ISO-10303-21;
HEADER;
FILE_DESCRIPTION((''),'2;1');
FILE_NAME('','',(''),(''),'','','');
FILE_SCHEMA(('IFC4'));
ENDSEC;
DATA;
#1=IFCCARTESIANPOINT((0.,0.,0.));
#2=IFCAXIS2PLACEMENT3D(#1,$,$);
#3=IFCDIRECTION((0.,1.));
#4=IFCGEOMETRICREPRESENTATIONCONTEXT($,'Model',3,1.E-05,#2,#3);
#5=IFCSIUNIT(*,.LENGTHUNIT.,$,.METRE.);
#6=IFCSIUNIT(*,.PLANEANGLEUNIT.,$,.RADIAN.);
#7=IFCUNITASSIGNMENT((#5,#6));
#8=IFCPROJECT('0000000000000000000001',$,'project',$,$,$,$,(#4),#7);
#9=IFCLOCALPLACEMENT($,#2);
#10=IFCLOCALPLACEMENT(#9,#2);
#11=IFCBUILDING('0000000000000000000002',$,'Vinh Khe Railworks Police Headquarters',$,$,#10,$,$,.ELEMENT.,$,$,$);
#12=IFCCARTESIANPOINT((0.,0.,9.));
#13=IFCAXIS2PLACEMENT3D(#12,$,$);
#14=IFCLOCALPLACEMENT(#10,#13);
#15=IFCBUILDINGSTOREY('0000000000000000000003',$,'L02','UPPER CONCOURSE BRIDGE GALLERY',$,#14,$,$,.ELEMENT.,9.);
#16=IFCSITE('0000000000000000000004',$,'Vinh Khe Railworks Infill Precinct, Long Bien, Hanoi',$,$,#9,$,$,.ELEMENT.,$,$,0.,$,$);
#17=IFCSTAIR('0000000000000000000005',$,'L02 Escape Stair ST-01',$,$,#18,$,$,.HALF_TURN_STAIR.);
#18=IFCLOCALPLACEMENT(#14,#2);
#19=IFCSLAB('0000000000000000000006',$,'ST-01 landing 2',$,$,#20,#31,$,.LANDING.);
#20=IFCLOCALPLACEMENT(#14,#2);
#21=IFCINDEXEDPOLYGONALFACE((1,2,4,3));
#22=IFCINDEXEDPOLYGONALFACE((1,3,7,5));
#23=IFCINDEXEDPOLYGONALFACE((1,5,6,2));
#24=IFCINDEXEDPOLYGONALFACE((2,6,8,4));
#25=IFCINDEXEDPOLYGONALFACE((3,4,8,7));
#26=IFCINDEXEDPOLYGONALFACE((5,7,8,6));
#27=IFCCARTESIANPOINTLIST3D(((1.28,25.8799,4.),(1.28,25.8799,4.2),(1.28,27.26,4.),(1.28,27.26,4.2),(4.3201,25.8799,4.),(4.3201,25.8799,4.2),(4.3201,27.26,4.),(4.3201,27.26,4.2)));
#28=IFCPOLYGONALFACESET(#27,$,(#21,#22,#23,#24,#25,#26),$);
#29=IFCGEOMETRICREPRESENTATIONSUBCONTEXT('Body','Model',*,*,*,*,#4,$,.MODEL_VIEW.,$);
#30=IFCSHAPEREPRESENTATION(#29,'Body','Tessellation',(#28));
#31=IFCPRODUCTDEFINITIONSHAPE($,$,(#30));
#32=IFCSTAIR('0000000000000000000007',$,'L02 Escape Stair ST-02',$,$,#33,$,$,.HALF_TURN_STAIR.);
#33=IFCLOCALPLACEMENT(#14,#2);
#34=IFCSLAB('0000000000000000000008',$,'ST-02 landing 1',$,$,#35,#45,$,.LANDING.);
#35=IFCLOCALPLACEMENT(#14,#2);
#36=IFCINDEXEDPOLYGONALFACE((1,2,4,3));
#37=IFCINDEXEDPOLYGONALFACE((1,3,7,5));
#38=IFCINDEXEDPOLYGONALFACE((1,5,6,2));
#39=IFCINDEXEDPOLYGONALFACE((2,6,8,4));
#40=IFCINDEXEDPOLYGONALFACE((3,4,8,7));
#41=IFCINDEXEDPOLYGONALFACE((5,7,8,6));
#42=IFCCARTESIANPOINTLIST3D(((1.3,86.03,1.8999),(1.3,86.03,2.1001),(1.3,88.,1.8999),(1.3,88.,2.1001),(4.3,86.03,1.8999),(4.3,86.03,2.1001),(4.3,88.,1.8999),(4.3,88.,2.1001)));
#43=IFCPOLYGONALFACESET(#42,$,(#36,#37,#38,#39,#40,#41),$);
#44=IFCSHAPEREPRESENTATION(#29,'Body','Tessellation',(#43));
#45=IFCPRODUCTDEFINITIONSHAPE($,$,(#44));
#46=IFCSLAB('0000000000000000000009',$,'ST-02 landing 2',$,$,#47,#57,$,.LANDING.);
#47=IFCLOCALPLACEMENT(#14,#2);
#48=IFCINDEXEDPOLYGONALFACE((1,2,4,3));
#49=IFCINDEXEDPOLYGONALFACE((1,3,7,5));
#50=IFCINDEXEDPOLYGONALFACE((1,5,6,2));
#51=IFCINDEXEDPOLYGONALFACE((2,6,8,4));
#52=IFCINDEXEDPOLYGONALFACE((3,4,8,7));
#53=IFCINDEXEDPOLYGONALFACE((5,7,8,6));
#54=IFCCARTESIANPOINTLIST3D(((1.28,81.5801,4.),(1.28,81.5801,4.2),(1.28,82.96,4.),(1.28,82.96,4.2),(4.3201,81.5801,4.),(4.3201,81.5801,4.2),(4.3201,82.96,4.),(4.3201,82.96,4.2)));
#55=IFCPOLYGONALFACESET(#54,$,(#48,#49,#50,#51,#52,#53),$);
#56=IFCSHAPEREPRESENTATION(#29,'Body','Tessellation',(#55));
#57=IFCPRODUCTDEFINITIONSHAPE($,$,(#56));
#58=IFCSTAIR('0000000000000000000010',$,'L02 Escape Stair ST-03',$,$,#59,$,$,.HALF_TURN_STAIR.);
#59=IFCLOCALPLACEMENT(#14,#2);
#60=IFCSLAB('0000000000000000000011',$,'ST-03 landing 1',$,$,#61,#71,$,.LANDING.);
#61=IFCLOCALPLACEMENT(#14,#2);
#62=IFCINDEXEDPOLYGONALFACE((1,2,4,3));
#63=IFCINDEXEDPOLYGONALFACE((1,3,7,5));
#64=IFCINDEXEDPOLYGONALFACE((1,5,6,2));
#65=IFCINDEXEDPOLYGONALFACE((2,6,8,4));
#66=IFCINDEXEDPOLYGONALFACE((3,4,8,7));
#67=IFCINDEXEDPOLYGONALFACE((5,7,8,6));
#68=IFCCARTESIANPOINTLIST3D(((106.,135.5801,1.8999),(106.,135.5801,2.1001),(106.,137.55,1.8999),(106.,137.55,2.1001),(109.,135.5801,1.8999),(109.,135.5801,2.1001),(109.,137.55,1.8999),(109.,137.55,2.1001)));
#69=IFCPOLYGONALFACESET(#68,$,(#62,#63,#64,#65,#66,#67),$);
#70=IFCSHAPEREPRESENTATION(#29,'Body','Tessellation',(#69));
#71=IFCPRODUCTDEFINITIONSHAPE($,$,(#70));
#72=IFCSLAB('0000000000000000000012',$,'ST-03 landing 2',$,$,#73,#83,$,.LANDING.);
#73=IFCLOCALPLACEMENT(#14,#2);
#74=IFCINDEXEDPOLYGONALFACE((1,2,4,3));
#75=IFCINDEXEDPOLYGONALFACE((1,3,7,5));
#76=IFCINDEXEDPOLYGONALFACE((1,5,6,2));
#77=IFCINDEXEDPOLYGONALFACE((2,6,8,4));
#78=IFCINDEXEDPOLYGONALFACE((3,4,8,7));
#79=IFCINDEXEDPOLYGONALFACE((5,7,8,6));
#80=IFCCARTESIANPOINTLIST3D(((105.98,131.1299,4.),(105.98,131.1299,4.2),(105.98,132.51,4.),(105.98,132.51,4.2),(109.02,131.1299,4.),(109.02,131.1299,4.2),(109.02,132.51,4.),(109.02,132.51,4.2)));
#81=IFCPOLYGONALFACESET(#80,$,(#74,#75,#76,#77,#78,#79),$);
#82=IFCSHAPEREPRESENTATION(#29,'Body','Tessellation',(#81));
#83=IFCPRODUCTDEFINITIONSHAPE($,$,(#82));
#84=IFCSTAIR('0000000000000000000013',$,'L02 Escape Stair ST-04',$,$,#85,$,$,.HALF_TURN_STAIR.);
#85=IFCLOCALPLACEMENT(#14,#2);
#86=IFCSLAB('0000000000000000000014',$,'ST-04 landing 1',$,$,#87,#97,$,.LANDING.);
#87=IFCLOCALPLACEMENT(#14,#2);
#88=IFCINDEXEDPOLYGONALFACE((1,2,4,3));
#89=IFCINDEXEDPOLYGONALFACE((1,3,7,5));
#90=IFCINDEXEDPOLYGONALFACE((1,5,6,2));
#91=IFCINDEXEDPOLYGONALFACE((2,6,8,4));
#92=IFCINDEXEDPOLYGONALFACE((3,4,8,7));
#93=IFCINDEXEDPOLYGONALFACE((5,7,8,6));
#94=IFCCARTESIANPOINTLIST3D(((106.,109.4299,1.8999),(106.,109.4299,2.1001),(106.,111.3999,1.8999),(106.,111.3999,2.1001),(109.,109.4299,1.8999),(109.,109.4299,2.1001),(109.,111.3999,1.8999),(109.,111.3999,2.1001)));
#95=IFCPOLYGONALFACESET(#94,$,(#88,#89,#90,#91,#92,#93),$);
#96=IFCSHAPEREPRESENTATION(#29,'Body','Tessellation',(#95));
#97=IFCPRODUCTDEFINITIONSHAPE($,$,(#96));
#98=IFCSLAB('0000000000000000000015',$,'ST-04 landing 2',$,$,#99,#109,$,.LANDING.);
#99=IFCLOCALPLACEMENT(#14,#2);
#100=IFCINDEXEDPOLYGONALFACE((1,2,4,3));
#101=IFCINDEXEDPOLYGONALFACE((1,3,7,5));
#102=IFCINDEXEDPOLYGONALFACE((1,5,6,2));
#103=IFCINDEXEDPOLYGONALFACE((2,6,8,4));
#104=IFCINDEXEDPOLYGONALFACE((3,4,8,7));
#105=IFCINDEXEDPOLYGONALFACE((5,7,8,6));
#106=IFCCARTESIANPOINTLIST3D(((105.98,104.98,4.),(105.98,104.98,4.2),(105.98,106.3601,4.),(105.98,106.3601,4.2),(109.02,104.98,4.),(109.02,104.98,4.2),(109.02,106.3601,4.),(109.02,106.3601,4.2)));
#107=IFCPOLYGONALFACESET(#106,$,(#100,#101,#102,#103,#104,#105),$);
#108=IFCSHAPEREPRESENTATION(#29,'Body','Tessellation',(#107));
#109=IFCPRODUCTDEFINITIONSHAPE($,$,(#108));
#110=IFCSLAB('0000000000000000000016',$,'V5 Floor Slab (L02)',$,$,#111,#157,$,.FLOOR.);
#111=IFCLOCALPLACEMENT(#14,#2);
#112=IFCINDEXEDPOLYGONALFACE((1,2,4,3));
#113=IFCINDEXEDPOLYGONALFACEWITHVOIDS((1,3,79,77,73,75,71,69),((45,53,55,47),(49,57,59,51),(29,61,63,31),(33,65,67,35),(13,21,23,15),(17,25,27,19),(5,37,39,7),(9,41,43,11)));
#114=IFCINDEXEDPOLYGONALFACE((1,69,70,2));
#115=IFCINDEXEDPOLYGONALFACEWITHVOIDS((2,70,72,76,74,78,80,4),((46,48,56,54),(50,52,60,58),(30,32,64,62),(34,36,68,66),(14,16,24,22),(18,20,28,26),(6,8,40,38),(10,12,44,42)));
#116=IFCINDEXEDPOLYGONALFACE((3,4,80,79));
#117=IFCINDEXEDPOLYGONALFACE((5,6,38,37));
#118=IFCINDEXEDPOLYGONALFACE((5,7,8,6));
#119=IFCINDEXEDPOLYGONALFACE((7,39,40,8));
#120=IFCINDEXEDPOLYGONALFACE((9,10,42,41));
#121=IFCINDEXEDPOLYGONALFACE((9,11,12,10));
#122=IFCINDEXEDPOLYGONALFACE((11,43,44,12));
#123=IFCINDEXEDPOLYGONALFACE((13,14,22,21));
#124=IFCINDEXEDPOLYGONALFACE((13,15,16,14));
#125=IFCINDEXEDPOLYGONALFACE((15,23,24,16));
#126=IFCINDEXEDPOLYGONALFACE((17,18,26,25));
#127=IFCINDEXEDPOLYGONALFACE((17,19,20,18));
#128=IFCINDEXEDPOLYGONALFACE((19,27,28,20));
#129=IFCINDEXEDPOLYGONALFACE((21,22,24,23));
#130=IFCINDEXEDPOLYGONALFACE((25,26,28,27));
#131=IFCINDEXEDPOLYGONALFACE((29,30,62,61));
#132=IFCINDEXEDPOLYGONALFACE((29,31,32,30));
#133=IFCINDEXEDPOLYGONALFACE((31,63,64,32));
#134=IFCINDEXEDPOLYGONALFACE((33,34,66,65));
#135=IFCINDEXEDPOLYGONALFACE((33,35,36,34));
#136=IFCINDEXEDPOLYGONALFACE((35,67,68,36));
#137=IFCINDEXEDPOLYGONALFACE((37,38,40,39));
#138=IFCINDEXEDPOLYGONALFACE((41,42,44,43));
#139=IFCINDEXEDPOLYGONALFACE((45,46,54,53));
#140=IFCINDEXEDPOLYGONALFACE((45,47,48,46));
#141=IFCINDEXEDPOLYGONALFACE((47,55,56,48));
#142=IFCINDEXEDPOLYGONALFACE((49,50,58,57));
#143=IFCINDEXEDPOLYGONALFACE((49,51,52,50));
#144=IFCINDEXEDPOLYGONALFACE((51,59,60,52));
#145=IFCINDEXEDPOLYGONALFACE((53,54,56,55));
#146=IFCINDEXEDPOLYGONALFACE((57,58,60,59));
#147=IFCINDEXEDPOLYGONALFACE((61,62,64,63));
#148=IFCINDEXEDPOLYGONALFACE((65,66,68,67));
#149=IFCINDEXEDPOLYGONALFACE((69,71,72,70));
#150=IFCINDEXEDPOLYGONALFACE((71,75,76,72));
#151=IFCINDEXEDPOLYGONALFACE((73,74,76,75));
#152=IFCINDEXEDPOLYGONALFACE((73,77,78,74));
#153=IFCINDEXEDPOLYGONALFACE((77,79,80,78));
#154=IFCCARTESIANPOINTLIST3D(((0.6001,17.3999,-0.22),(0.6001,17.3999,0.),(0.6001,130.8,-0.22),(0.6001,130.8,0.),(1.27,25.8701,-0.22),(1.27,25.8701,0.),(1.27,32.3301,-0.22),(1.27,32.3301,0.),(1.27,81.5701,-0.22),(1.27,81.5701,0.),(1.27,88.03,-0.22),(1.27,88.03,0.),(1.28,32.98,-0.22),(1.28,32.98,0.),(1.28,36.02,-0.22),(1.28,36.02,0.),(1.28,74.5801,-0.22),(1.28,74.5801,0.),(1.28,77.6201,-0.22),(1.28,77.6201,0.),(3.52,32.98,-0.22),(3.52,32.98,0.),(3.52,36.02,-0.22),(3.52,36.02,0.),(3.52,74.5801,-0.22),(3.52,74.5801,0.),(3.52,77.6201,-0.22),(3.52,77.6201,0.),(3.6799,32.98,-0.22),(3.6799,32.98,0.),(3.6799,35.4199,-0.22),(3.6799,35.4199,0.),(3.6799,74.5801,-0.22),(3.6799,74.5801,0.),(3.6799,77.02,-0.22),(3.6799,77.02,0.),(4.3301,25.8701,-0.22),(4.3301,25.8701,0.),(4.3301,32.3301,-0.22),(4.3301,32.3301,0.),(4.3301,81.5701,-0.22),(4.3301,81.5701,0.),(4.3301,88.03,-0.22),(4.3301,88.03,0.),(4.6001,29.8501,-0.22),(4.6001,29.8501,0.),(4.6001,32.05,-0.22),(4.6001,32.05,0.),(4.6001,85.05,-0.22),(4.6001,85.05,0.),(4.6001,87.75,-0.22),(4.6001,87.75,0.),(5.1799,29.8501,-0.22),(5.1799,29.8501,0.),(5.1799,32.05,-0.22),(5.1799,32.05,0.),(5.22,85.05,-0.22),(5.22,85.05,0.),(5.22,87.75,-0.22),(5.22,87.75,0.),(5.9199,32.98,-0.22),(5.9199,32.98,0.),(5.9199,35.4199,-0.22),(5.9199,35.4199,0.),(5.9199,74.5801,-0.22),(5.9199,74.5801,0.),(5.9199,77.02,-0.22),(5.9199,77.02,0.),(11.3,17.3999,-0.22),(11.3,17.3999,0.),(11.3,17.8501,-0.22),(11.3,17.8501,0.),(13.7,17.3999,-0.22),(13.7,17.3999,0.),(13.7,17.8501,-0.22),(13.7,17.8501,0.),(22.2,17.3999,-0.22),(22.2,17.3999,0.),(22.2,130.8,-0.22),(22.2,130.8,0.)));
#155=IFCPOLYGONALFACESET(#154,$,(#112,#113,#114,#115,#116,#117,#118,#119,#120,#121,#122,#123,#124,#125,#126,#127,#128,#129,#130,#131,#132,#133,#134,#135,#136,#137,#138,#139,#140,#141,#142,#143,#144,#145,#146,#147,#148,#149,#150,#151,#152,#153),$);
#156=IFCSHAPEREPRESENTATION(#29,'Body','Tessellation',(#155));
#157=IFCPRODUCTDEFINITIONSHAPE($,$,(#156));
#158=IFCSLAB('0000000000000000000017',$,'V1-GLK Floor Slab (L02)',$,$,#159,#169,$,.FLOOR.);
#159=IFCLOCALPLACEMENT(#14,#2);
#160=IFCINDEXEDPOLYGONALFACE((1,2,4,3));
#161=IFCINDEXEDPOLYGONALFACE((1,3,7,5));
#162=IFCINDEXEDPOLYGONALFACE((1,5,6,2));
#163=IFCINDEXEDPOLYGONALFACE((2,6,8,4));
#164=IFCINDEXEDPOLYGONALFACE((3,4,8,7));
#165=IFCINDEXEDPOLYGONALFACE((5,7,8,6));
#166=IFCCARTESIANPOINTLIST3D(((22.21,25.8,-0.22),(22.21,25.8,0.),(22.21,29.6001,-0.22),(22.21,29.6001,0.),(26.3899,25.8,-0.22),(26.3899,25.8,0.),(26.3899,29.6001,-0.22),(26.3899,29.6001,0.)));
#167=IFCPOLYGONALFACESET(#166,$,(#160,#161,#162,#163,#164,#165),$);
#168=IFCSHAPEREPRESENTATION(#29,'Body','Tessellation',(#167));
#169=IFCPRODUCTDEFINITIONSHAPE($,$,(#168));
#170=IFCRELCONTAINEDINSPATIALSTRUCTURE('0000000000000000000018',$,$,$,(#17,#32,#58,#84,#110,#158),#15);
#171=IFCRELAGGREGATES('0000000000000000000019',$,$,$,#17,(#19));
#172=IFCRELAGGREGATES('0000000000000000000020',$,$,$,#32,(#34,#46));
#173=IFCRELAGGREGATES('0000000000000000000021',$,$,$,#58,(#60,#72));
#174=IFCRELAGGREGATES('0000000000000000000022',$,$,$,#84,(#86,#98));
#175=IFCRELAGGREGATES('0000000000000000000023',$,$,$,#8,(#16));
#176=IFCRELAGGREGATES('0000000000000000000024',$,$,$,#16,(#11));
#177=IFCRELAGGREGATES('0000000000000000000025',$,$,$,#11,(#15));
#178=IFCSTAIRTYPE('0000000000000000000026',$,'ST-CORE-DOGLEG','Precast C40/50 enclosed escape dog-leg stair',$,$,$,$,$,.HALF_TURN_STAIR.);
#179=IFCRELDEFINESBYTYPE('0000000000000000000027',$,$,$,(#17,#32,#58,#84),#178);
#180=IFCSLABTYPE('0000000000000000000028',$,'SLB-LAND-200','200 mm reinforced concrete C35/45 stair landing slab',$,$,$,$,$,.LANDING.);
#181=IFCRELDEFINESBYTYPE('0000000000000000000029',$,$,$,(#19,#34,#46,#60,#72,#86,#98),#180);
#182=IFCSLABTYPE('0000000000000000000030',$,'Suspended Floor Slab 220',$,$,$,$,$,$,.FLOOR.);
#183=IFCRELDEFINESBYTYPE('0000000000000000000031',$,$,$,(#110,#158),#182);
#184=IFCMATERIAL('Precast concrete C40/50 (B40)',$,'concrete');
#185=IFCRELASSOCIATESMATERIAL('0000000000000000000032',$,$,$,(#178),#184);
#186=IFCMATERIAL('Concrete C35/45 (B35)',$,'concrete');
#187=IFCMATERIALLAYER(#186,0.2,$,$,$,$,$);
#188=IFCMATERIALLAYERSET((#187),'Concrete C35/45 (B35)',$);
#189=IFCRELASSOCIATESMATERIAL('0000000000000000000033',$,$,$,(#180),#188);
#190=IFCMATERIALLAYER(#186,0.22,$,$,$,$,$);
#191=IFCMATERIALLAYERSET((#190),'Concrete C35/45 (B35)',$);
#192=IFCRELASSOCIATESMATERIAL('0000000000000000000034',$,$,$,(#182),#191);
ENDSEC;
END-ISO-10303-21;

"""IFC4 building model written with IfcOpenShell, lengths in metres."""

from ifc_helpers import new_model, si_unit, direction, frame, origin, place, context, subcontext, project, spatial, polyline, outline, extrude, material, layer, layer_set, type_object, element, aggregate, save


model = new_model("IFC4")

# Units and contexts
model_context = context("Model", 3, precision=1e-05, world=origin(), true_north=direction((0.0, 1.0)))
body_context = subcontext(model_context, "Body", "Model", "MODEL_VIEW")
ifc_project = project(units=[si_unit("LENGTHUNIT", "METRE"), si_unit("PLANEANGLEUNIT", "RADIAN")], contexts=[model_context])

# Site, building, storey
site_placement = place(None, origin())
site = spatial("IfcSite", under=ifc_project, at=site_placement, Name="Vinh Khe Railworks Infill Precinct, Long Bien, Hanoi", CompositionType="ELEMENT", RefElevation=0.0)
building_placement = place(site_placement, origin())
building = spatial("IfcBuilding", under=site, at=building_placement, Name="Vinh Khe Railworks Police Headquarters", CompositionType="ELEMENT")
storey_placement = place(building_placement, frame((0.0, 0.0, 9.0)))
storey = spatial("IfcBuildingStorey", under=building, at=storey_placement, Name="L02", Description="UPPER CONCOURSE BRIDGE GALLERY", CompositionType="ELEMENT", Elevation=9.0)

# Shared definitions
ifc_material_1 = material(Name="Concrete C35/45 (B35)", Category="concrete")

# Stairs, slabs
ifc_material_2 = material(Name="Precast concrete C40/50 (B40)", Category="concrete")
stair_type = type_object("IfcStairType", Name="ST-CORE-DOGLEG", Description="Precast C40/50 enclosed escape dog-leg stair", PredefinedType="HALF_TURN_STAIR", material=ifc_material_2)
stair_1_placement = place(storey_placement, origin())
stair_1 = element("IfcStair", 1, at=stair_1_placement, inside=storey, type_object=stair_type, Name="L02 Escape Stair ST-01", PredefinedType="HALF_TURN_STAIR")
ifc_layer_1 = layer(ifc_material_1, 0.2)
ifc_layer_set_1 = layer_set([ifc_layer_1], Name="Concrete C35/45 (B35)")
slab_type_1 = type_object("IfcSlabType", Name="SLB-LAND-200", Description="200 mm reinforced concrete C35/45 stair landing slab", PredefinedType="LANDING", material=ifc_layer_set_1)
slab_1_placement = place(storey_placement, frame((0.0, 0.0, 4.0)))
slab_1 = element("IfcSlab", 2, at=slab_1_placement, type_object=slab_type_1, Name="ST-01 landing 2", PredefinedType="LANDING", context=body_context, shape_type="SweptSolid", body=[
    extrude(outline(polyline([(1.28, 25.8799), (4.3201, 25.8799), (4.3201, 27.26), (1.28, 27.26), (1.28, 25.8799)])), origin(), (0.0, 0.0, 1.0), 0.2),
])
aggregate(stair_1, [slab_1])
stair_2_placement = place(storey_placement, origin())
stair_2 = element("IfcStair", 3, at=stair_2_placement, inside=storey, type_object=stair_type, Name="L02 Escape Stair ST-02", PredefinedType="HALF_TURN_STAIR")
slab_2_placement = place(storey_placement, frame((0.0, 0.0, 1.8999)))
slab_2 = element("IfcSlab", 4, at=slab_2_placement, type_object=slab_type_1, Name="ST-02 landing 1", PredefinedType="LANDING", context=body_context, shape_type="SweptSolid", body=[
    extrude(outline(polyline([(4.3, 86.03), (4.3, 88.0), (1.3, 88.0), (1.3, 86.03), (4.3, 86.03)])), origin(), (0.0, 0.0, 1.0), 0.2002),
])
slab_3_placement = place(storey_placement, frame((0.0, 0.0, 4.0)))
slab_3 = element("IfcSlab", 5, at=slab_3_placement, type_object=slab_type_1, Name="ST-02 landing 2", PredefinedType="LANDING", context=body_context, shape_type="SweptSolid", body=[
    extrude(outline(polyline([(1.28, 81.5801), (4.3201, 81.5801), (4.3201, 82.96), (1.28, 82.96), (1.28, 81.5801)])), origin(), (0.0, 0.0, 1.0), 0.2),
])
aggregate(stair_2, [slab_2, slab_3])
stair_3_placement = place(storey_placement, origin())
stair_3 = element("IfcStair", 6, at=stair_3_placement, inside=storey, type_object=stair_type, Name="L02 Escape Stair ST-03", PredefinedType="HALF_TURN_STAIR")
slab_4_placement = place(storey_placement, frame((0.0, 0.0, 1.8999)))
slab_4 = element("IfcSlab", 7, at=slab_4_placement, type_object=slab_type_1, Name="ST-03 landing 1", PredefinedType="LANDING", context=body_context, shape_type="SweptSolid", body=[
    extrude(outline(polyline([(109.0, 135.5801), (109.0, 137.55), (106.0, 137.55), (106.0, 135.5801), (109.0, 135.5801)])), origin(), (0.0, 0.0, 1.0), 0.2002),
])
slab_5_placement = place(storey_placement, frame((0.0, 0.0, 4.0)))
slab_5 = element("IfcSlab", 8, at=slab_5_placement, type_object=slab_type_1, Name="ST-03 landing 2", PredefinedType="LANDING", context=body_context, shape_type="SweptSolid", body=[
    extrude(outline(polyline([(105.98, 131.1299), (109.02, 131.1299), (109.02, 132.51), (105.98, 132.51), (105.98, 131.1299)])), origin(), (0.0, 0.0, 1.0), 0.2),
])
aggregate(stair_3, [slab_4, slab_5])
stair_4_placement = place(storey_placement, origin())
stair_4 = element("IfcStair", 9, at=stair_4_placement, inside=storey, type_object=stair_type, Name="L02 Escape Stair ST-04", PredefinedType="HALF_TURN_STAIR")
slab_6_placement = place(storey_placement, frame((0.0, 0.0, 1.8999)))
slab_6 = element("IfcSlab", 10, at=slab_6_placement, type_object=slab_type_1, Name="ST-04 landing 1", PredefinedType="LANDING", context=body_context, shape_type="SweptSolid", body=[
    extrude(outline(polyline([(109.0, 109.4299), (109.0, 111.3999), (106.0, 111.3999), (106.0, 109.4299), (109.0, 109.4299)])), origin(), (0.0, 0.0, 1.0), 0.2002),
])
slab_7_placement = place(storey_placement, frame((0.0, 0.0, 4.0)))
slab_7 = element("IfcSlab", 11, at=slab_7_placement, type_object=slab_type_1, Name="ST-04 landing 2", PredefinedType="LANDING", context=body_context, shape_type="SweptSolid", body=[
    extrude(outline(polyline([(105.98, 104.98), (109.02, 104.98), (109.02, 106.3601), (105.98, 106.3601), (105.98, 104.98)])), origin(), (0.0, 0.0, 1.0), 0.2),
])
aggregate(stair_4, [slab_6, slab_7])

# Slabs
ifc_layer_2 = layer(ifc_material_1, 0.22)
ifc_layer_set_2 = layer_set([ifc_layer_2], Name="Concrete C35/45 (B35)")
slab_type_2 = type_object("IfcSlabType", Name="Suspended Floor Slab 220", PredefinedType="FLOOR", material=ifc_layer_set_2)
slab_8_placement = place(storey_placement, frame((0.0, 0.0, -0.22)))
element("IfcSlab", 12, at=slab_8_placement, inside=storey, type_object=slab_type_2, Name="V5 Floor Slab (L02)", PredefinedType="FLOOR", context=body_context, shape_type="SweptSolid", body=[
    extrude(outline(polyline([(0.6001, 17.3999), (11.3, 17.3999), (11.3, 17.8501), (13.7, 17.8501), (13.7, 17.3999), (22.2, 17.3999), (22.2, 130.8), (0.6001, 130.8), (0.6001, 17.3999)]), holes=[polyline([(1.27, 25.8701), (4.3301, 25.8701), (4.3301, 32.3301), (1.27, 32.3301), (1.27, 25.8701)]), polyline([(1.28, 32.98), (3.52, 32.98), (3.52, 36.02), (1.28, 36.02), (1.28, 32.98)]), polyline([(3.6799, 32.98), (5.9199, 32.98), (5.9199, 35.4199), (3.6799, 35.4199), (3.6799, 32.98)]), polyline([(1.27, 81.5701), (4.3301, 81.5701), (4.3301, 88.03), (1.27, 88.03), (1.27, 81.5701)]), polyline([(1.28, 74.5801), (3.52, 74.5801), (3.52, 77.6201), (1.28, 77.6201), (1.28, 74.5801)]), polyline([(3.6799, 74.5801), (5.9199, 74.5801), (5.9199, 77.02), (3.6799, 77.02), (3.6799, 74.5801)]), polyline([(4.6001, 29.8501), (5.1799, 29.8501), (5.1799, 32.05), (4.6001, 32.05), (4.6001, 29.8501)]), polyline([(4.6001, 85.05), (5.22, 85.05), (5.22, 87.75), (4.6001, 87.75), (4.6001, 85.05)])]), origin(), (0.0, 0.0, 1.0), 0.22),
])
slab_9_placement = place(storey_placement, frame((0.0, 0.0, -0.22)))
element("IfcSlab", 13, at=slab_9_placement, inside=storey, type_object=slab_type_2, Name="V1-GLK Floor Slab (L02)", PredefinedType="FLOOR", context=body_context, shape_type="SweptSolid", body=[
    extrude(outline(polyline([(22.21, 25.8), (26.3899, 25.8), (26.3899, 29.6001), (22.21, 29.6001), (22.21, 25.8)])), origin(), (0.0, 0.0, 1.0), 0.22),
])

save(model, "model.ifc")
